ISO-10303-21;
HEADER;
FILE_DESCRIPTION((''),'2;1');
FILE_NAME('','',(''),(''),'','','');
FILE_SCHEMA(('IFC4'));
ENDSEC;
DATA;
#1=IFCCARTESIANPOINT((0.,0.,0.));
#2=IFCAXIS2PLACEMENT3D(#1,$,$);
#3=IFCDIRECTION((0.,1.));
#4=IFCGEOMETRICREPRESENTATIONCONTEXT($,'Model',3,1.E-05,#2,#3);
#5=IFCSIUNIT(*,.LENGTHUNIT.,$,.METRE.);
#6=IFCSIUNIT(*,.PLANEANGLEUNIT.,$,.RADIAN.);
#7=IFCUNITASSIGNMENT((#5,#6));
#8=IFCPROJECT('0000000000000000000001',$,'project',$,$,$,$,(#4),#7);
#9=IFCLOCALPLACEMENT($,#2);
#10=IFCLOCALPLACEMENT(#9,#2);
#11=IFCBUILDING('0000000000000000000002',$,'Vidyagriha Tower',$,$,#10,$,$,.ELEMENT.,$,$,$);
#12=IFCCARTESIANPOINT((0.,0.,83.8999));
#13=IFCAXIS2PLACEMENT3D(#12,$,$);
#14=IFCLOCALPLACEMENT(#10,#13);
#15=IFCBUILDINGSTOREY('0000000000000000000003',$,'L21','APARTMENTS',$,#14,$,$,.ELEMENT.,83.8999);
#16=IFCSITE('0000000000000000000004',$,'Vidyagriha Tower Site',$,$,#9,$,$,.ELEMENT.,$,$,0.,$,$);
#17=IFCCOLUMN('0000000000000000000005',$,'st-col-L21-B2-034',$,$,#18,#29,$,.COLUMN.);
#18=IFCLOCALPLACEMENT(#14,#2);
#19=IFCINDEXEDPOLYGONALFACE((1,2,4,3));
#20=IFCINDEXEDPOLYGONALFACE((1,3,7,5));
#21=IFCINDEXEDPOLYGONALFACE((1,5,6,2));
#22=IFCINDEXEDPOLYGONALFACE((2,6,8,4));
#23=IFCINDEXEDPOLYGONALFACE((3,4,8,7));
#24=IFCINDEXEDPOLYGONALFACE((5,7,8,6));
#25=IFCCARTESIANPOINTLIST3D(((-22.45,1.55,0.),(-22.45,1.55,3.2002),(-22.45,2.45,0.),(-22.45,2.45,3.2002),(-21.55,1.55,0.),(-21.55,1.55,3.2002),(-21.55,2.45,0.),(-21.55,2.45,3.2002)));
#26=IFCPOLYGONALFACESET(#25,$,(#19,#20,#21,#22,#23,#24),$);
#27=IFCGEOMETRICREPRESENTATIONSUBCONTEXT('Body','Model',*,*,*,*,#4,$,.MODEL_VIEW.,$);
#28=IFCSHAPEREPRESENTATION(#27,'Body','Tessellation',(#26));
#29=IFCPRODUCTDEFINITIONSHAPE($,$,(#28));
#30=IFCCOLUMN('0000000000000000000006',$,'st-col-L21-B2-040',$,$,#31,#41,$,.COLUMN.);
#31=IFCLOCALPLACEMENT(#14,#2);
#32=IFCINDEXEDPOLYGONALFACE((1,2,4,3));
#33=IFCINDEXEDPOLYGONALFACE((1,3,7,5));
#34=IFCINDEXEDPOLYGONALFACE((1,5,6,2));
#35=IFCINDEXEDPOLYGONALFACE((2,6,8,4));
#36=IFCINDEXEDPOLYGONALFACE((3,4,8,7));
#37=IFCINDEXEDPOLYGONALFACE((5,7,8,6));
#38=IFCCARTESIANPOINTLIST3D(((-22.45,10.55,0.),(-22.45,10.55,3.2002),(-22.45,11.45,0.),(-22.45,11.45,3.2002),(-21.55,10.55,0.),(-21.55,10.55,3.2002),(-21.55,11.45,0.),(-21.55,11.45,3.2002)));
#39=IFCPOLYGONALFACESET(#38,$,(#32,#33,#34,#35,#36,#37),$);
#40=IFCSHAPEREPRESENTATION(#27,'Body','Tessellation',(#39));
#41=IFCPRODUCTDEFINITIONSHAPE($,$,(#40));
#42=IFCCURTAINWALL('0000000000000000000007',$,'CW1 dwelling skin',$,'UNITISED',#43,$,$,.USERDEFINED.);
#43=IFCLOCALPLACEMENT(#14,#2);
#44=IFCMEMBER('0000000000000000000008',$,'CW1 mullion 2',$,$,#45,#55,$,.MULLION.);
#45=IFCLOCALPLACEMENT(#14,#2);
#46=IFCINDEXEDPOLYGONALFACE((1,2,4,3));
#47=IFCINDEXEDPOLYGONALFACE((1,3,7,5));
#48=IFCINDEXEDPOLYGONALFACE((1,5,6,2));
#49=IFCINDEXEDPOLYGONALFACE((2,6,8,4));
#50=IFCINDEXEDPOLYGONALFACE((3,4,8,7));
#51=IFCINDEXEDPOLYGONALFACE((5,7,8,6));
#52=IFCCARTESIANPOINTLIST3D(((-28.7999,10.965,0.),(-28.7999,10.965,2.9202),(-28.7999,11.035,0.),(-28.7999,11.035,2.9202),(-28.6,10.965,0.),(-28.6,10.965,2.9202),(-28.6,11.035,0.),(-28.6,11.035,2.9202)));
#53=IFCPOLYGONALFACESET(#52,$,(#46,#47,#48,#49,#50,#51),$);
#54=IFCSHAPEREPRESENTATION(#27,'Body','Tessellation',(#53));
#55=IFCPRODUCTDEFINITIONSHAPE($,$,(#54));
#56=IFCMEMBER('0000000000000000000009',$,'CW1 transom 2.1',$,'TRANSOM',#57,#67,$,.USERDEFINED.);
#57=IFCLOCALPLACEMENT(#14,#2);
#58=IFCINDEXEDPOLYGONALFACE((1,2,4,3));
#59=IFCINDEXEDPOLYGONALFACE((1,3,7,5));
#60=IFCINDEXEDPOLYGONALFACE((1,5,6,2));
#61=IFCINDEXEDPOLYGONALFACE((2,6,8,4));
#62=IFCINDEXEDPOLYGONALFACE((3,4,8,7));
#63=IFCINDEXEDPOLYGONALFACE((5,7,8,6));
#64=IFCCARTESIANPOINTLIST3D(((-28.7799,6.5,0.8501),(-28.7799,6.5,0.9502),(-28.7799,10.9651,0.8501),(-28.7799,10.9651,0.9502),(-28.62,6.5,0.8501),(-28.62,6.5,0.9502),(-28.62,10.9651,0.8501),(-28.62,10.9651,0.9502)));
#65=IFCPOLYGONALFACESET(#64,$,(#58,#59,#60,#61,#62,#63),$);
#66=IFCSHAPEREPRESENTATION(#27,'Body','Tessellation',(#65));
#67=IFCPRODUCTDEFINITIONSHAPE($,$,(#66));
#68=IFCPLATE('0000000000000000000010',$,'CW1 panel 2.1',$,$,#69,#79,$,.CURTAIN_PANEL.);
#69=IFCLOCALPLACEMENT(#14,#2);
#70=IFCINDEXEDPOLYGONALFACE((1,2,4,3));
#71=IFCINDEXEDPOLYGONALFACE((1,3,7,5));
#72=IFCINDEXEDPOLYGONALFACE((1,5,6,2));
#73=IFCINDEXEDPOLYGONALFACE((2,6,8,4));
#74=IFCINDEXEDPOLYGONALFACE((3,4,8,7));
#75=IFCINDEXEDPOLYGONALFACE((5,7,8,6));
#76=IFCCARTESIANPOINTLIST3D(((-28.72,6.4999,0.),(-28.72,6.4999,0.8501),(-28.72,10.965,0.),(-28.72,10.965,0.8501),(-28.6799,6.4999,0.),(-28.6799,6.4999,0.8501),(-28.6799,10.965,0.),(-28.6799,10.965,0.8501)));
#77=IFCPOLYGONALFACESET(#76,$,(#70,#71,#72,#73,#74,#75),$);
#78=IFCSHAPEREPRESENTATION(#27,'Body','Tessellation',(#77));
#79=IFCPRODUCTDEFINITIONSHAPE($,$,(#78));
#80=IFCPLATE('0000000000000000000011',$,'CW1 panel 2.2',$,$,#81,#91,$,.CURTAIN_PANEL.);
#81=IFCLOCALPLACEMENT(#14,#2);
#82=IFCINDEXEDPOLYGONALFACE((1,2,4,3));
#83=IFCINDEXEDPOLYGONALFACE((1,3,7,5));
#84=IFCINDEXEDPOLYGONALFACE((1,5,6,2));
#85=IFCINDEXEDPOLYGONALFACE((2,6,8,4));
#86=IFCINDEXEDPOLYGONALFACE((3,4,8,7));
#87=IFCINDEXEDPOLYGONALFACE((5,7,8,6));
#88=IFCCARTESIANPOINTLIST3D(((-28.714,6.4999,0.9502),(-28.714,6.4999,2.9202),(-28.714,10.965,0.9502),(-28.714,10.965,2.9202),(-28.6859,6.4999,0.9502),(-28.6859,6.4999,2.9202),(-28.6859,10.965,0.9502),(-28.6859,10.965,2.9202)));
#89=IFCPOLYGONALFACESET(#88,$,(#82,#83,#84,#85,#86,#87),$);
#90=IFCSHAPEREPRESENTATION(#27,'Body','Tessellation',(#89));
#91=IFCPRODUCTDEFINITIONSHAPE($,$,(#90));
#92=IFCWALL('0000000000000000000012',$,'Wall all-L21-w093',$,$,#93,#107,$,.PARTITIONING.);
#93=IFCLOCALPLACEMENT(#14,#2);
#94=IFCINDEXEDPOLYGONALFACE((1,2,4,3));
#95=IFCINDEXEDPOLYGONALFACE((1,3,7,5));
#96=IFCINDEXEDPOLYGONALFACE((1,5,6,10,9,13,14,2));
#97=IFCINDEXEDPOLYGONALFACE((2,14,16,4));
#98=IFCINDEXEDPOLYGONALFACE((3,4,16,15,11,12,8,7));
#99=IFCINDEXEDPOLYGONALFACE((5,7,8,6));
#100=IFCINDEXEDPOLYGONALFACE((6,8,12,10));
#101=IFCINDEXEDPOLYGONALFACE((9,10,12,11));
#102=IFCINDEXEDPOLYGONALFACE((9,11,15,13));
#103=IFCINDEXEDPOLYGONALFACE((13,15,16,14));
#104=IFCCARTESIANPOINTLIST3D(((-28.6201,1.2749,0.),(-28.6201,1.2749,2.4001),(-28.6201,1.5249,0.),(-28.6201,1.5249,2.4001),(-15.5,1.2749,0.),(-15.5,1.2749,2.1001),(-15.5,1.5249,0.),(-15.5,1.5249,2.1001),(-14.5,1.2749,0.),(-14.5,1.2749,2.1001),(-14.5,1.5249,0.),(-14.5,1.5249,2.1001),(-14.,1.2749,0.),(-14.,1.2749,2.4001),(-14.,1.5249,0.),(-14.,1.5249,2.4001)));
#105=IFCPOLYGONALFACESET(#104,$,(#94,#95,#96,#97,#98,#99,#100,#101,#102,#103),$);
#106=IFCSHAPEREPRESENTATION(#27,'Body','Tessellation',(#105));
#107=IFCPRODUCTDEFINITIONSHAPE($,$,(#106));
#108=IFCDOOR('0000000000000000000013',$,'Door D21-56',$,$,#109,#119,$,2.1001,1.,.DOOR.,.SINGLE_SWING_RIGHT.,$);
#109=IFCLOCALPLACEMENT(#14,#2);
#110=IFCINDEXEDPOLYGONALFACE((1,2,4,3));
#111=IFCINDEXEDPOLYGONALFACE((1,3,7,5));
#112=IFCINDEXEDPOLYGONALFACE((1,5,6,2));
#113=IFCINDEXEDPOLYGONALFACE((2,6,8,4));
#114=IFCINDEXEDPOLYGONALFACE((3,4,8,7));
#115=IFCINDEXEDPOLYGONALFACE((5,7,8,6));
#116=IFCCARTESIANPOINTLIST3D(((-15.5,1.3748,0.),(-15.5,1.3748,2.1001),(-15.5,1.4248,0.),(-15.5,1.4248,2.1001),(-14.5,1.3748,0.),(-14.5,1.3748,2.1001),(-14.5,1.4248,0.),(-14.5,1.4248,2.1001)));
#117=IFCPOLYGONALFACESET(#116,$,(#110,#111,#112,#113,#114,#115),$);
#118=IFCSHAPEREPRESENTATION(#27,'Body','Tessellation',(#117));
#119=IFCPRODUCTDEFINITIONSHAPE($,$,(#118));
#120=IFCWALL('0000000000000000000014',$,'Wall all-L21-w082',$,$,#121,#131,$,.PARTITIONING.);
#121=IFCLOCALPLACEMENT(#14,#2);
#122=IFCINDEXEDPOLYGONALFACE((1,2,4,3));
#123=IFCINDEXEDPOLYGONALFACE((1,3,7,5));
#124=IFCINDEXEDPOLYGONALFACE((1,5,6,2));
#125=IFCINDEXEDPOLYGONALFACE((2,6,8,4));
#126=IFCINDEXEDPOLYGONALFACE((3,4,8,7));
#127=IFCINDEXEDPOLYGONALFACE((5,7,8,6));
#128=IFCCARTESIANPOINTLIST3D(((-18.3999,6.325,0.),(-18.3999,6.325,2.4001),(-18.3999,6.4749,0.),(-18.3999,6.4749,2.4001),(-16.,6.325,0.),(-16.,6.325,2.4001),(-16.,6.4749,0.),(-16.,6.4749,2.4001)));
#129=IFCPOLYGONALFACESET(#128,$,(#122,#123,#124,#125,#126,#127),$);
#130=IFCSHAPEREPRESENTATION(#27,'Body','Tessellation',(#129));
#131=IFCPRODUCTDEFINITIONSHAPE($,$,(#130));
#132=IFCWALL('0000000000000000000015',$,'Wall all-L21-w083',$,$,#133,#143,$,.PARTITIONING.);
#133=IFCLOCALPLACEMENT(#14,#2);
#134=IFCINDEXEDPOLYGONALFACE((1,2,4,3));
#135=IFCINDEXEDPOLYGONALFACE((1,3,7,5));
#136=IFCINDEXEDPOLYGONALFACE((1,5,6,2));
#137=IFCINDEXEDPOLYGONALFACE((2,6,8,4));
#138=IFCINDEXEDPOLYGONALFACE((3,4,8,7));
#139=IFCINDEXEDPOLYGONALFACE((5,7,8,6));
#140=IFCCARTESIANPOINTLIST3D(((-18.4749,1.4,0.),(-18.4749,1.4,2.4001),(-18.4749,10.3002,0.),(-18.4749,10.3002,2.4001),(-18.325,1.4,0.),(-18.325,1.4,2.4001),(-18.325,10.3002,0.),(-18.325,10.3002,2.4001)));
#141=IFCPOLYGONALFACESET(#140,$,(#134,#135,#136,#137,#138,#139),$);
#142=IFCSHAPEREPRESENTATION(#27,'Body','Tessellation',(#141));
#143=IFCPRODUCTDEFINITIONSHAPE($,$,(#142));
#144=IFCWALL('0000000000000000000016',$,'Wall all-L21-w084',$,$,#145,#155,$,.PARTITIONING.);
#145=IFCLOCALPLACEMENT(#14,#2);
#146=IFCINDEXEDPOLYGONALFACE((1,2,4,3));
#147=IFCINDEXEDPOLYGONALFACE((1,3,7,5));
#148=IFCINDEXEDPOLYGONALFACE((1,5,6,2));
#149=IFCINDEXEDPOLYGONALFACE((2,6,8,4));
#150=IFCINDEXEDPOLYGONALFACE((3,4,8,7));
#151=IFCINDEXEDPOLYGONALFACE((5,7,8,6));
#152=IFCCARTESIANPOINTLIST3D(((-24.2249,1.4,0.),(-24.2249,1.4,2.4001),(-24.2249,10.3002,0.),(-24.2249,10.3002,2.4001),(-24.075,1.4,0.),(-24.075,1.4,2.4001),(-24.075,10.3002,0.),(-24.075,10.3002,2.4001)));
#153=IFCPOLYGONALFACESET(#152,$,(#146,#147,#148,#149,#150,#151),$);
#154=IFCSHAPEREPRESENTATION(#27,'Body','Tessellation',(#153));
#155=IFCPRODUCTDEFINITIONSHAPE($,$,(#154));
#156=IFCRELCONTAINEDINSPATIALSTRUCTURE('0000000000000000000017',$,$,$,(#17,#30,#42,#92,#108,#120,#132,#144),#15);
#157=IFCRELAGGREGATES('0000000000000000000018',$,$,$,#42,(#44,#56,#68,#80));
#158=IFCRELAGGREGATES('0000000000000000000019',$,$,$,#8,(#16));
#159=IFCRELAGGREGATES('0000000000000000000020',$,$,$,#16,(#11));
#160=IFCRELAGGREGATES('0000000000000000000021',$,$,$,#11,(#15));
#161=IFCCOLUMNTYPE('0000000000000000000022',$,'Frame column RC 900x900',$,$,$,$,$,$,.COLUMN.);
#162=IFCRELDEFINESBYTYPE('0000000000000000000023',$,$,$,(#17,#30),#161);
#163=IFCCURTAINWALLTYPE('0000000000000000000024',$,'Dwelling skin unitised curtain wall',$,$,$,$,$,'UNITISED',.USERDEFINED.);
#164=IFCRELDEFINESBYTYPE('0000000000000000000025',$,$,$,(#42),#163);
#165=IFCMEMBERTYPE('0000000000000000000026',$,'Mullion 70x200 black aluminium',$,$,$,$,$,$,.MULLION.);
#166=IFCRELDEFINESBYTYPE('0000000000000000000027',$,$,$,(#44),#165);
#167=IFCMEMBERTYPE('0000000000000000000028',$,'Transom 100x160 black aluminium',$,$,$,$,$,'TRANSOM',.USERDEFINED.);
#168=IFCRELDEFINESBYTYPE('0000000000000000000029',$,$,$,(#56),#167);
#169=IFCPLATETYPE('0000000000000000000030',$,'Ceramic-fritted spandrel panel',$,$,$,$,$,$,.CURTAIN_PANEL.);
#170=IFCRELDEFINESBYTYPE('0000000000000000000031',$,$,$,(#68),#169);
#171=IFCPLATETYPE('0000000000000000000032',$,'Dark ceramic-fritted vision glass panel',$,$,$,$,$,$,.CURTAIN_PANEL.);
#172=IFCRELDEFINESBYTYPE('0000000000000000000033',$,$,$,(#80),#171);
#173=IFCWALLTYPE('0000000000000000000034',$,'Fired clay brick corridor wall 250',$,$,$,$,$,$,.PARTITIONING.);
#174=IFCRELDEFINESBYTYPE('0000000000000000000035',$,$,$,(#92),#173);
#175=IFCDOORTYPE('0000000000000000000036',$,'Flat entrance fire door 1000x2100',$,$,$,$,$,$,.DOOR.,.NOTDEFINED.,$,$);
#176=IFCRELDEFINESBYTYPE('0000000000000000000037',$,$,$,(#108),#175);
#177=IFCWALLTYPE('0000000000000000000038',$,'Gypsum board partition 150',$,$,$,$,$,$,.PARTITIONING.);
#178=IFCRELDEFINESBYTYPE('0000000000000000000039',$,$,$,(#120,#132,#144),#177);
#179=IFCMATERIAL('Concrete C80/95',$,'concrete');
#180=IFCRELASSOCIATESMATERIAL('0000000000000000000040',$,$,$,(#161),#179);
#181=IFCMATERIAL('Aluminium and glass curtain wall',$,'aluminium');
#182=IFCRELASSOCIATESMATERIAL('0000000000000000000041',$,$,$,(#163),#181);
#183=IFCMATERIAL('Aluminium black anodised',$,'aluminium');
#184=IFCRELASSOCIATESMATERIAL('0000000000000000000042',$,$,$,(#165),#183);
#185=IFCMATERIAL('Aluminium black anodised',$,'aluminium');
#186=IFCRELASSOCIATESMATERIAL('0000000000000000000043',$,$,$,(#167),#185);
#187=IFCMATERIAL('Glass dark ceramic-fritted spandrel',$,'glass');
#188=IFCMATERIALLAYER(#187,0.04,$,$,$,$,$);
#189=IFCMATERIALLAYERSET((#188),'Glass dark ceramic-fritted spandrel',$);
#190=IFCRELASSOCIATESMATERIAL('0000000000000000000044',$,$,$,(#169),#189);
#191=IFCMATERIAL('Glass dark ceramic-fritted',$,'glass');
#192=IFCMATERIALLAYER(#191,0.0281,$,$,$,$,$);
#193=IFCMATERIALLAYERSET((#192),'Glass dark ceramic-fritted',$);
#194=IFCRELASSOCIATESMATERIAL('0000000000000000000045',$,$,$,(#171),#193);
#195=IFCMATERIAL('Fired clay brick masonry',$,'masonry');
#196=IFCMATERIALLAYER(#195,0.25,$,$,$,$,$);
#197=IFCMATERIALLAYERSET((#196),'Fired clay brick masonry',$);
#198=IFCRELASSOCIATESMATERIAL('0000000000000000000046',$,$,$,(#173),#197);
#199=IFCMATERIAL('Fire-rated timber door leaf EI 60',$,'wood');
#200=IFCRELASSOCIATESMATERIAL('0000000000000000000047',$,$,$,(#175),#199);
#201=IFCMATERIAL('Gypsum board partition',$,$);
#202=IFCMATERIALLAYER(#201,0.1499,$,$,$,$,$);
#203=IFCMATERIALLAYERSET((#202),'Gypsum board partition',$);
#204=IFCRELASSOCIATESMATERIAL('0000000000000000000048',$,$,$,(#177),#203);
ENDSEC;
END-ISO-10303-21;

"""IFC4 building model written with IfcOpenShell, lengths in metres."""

from ifc_helpers import new_model, si_unit, direction, frame, frame_2d, origin, origin_2d, place, context, subcontext, project, spatial, rectangle, extrude, material, layer, layer_set, material_profile, profile_set, type_object, element, fill, aggregate, save


model = new_model("IFC4")

# Units and contexts
model_context = context("Model", 3, precision=1e-05, world=origin(), true_north=direction((0.0, 1.0)))
body_context = subcontext(model_context, "Body", "Model", "MODEL_VIEW")
ifc_project = project(units=[si_unit("LENGTHUNIT", "METRE"), si_unit("PLANEANGLEUNIT", "RADIAN")], contexts=[model_context])

# Site, building, storey
site_placement = place(None, origin())
site = spatial("IfcSite", under=ifc_project, at=site_placement, Name="Vidyagriha Tower Site", CompositionType="ELEMENT", RefElevation=0.0)
building_placement = place(site_placement, origin())
building = spatial("IfcBuilding", under=site, at=building_placement, Name="Vidyagriha Tower", CompositionType="ELEMENT")
storey_placement = place(building_placement, frame((0.0, 0.0, 83.8999)))
storey = spatial("IfcBuildingStorey", under=building, at=storey_placement, Name="L21", Description="APARTMENTS", CompositionType="ELEMENT", Elevation=83.8999)

# Columns
ifc_material_1 = material(Name="Concrete C80/95", Category="concrete")
ifc_material_profile_1 = material_profile(ifc_material_1, rectangle(XDim=0.8999, YDim=0.8999, at=origin_2d()), Name="RC 900x900")
ifc_profile_set_1 = profile_set([ifc_material_profile_1], Name="Concrete C80/95")
column_type = type_object("IfcColumnType", Name="Frame column RC 900x900", PredefinedType="COLUMN", material=ifc_profile_set_1)
for number, where, name in (
    (1, (-22.0, 2.0, 0.0), "st-col-L21-B2-034"),
    (2, (-22.0, 11.0, 0.0), "st-col-L21-B2-040"),
):
    element("IfcColumn", number, at=place(storey_placement, frame(where)), inside=storey, type_object=column_type, Name=name, PredefinedType="COLUMN", context=body_context, shape_type="SweptSolid", body=[
        extrude(rectangle(XDim=0.8999, YDim=0.8999, at=origin_2d()), origin(), (0.0, 0.0, 1.0), 3.2002),
    ])

# Curtain wall, members, plates
ifc_material_2 = material(Name="Aluminium and glass curtain wall", Category="aluminium")
curtain_wall_type = type_object("IfcCurtainWallType", Name="Dwelling skin unitised curtain wall", ElementType="UNITISED", PredefinedType="USERDEFINED", material=ifc_material_2)
curtain_wall_placement = place(storey_placement, origin())
curtain_wall = element("IfcCurtainWall", 3, at=curtain_wall_placement, inside=storey, type_object=curtain_wall_type, Name="CW1 dwelling skin", ObjectType="UNITISED", PredefinedType="USERDEFINED")
ifc_material_3 = material(Name="Aluminium black anodised", Category="aluminium")
ifc_material_profile_2 = material_profile(ifc_material_3, rectangle(XDim=0.2, YDim=0.0701, at=origin_2d()), Name="Mullion 70x200 black aluminium")
ifc_profile_set_2 = profile_set([ifc_material_profile_2], Name="Aluminium black anodised")
member_type_1 = type_object("IfcMemberType", Name="Mullion 70x200 black aluminium", PredefinedType="MULLION", material=ifc_profile_set_2)
member_1_placement = place(storey_placement, frame((-28.7, 11.0, 0.0)))
member_1 = element("IfcMember", 4, at=member_1_placement, type_object=member_type_1, Name="CW1 mullion 2", PredefinedType="MULLION", context=body_context, shape_type="SweptSolid", body=[
    extrude(rectangle(XDim=0.2, YDim=0.0701, at=origin_2d()), origin(), (0.0, 0.0, 1.0), 2.9202),
])
ifc_material_4 = material(Name="Aluminium black anodised", Category="aluminium")
ifc_material_profile_3 = material_profile(ifc_material_4, rectangle(XDim=0.1599, YDim=0.1001, at=origin_2d()), Name="Transom 100x160 black aluminium")
ifc_profile_set_3 = profile_set([ifc_material_profile_3], Name="Aluminium black anodised")
member_type_2 = type_object("IfcMemberType", Name="Transom 100x160 black aluminium", ElementType="TRANSOM", PredefinedType="USERDEFINED", material=ifc_profile_set_3)
member_2_placement = place(storey_placement, frame((-28.7, 10.9651, 0.9001), z_axis=(0.0, -1.0, 0.0), x_axis=(1.0, 0.0, 0.0)))
member_2 = element("IfcMember", 5, at=member_2_placement, type_object=member_type_2, Name="CW1 transom 2.1", ObjectType="TRANSOM", PredefinedType="USERDEFINED", context=body_context, shape_type="SweptSolid", body=[
    extrude(rectangle(XDim=0.1599, YDim=0.1001, at=origin_2d()), origin(), (0.0, 0.0, 1.0), 4.4651),
])
ifc_material_5 = material(Name="Glass dark ceramic-fritted spandrel", Category="glass")
ifc_layer_1 = layer(ifc_material_5, 0.04)
ifc_layer_set_1 = layer_set([ifc_layer_1], Name="Glass dark ceramic-fritted spandrel")
plate_type_1 = type_object("IfcPlateType", Name="Ceramic-fritted spandrel panel", PredefinedType="CURTAIN_PANEL", material=ifc_layer_set_1)
plate_1_placement = place(storey_placement, frame((-28.7, 8.7324, 0.0), z_axis=(0.0, 0.0, 1.0), x_axis=(0.0, -1.0, 0.0)))
plate_1 = element("IfcPlate", 6, at=plate_1_placement, type_object=plate_type_1, Name="CW1 panel 2.1", PredefinedType="CURTAIN_PANEL", context=body_context, shape_type="SweptSolid", body=[
    extrude(rectangle(XDim=4.4651, YDim=0.04, at=origin_2d()), origin(), (0.0, 0.0, 1.0), 0.8501),
])
ifc_material_6 = material(Name="Glass dark ceramic-fritted", Category="glass")
ifc_layer_2 = layer(ifc_material_6, 0.0281)
ifc_layer_set_2 = layer_set([ifc_layer_2], Name="Glass dark ceramic-fritted")
plate_type_2 = type_object("IfcPlateType", Name="Dark ceramic-fritted vision glass panel", PredefinedType="CURTAIN_PANEL", material=ifc_layer_set_2)
plate_2_placement = place(storey_placement, frame((-28.7, 8.7324, 0.9502), z_axis=(0.0, 0.0, 1.0), x_axis=(0.0, -1.0, 0.0)))
plate_2 = element("IfcPlate", 7, at=plate_2_placement, type_object=plate_type_2, Name="CW1 panel 2.2", PredefinedType="CURTAIN_PANEL", context=body_context, shape_type="SweptSolid", body=[
    extrude(rectangle(XDim=4.4651, YDim=0.0281, at=origin_2d()), origin(), (0.0, 0.0, 1.0), 1.97),
])
aggregate(curtain_wall, [member_1, member_2, plate_1, plate_2])

# Wall, opening, door
ifc_material_7 = material(Name="Fired clay brick masonry", Category="masonry")
ifc_layer_3 = layer(ifc_material_7, 0.25)
ifc_layer_set_3 = layer_set([ifc_layer_3], Name="Fired clay brick masonry")
wall_type_1 = type_object("IfcWallType", Name="Fired clay brick corridor wall 250", PredefinedType="PARTITIONING", material=ifc_layer_set_3)
wall_1_placement = place(storey_placement, frame((-28.6201, 1.3999, 0.0)))
wall_1 = element("IfcWall", 8, at=wall_1_placement, inside=storey, type_object=wall_type_1, Name="Wall all-L21-w093", PredefinedType="PARTITIONING", context=body_context, shape_type="SweptSolid", body=[
    extrude(rectangle(XDim=14.6201, YDim=0.25, at=frame_2d((7.3101, 0.0))), origin(), (0.0, 0.0, 1.0), 2.4001),
])
opening_1_placement = place(wall_1_placement, frame((13.1201, 0.0, 0.0)))
opening_1 = element("IfcOpeningElement", 9, at=opening_1_placement, cuts=wall_1, PredefinedType="OPENING", context=body_context, shape_type="SweptSolid", body=[
    extrude(rectangle(XDim=1.0, YDim=2.1001, at=frame_2d((0.5, 1.05))), frame((0.0, 0.135, 0.0), z_axis=(0.0, -1.0, 0.0), x_axis=(1.0, 0.0, 0.0)), (0.0, 0.0, 1.0), 0.27),
])
ifc_material_8 = material(Name="Fire-rated timber door leaf EI 60", Category="wood")
door_type_1 = type_object("IfcDoorType", Name="Flat entrance fire door 1000x2100", OperationType="NOTDEFINED", PredefinedType="DOOR", material=ifc_material_8)
door_1_placement = place(opening_1_placement, origin())
door_1 = element("IfcDoor", 10, at=door_1_placement, inside=storey, type_object=door_type_1, Name="Door D21-56", OperationType="SINGLE_SWING_RIGHT", OverallHeight=2.1001, OverallWidth=1.0, PredefinedType="DOOR", context=body_context, shape_type="SweptSolid", body=[
    extrude(rectangle(XDim=1.0, YDim=2.1001, at=frame_2d((0.5, 1.05))), frame((0.0, 0.0249, 0.0), z_axis=(0.0, -1.0, 0.0), x_axis=(1.0, 0.0, 0.0)), (0.0, 0.0, 1.0), 0.05),
])
fill(opening_1, door_1)

# Walls
ifc_material_9 = material(Name="Gypsum board partition")
ifc_layer_4 = layer(ifc_material_9, 0.1499)
ifc_layer_set_4 = layer_set([ifc_layer_4], Name="Gypsum board partition")
wall_type_2 = type_object("IfcWallType", Name="Gypsum board partition 150", PredefinedType="PARTITIONING", material=ifc_layer_set_4)
wall_2_placement = place(storey_placement, frame((-18.3999, 6.3999, 0.0)))
element("IfcWall", 11, at=wall_2_placement, inside=storey, type_object=wall_type_2, Name="Wall all-L21-w082", PredefinedType="PARTITIONING", context=body_context, shape_type="SweptSolid", body=[
    extrude(rectangle(XDim=2.3999, YDim=0.1499, at=frame_2d((1.2, 0.0))), origin(), (0.0, 0.0, 1.0), 2.4001),
])
for number, where, z_axis, x_axis, name in (
    (12, (-18.3999, 1.3999, 0.0), (0.0, 0.0, 1.0), (0.0, 1.0, 0.0), "Wall all-L21-w083"),
    (13, (-24.1499, 1.3999, 0.0), (0.0, 0.0, 1.0), (0.0, 1.0, 0.0), "Wall all-L21-w084"),
):
    element("IfcWall", number, at=place(storey_placement, frame(where, z_axis=z_axis, x_axis=x_axis)), inside=storey, type_object=wall_type_2, Name=name, PredefinedType="PARTITIONING", context=body_context, shape_type="SweptSolid", body=[
        extrude(rectangle(XDim=8.9001, YDim=0.1499, at=frame_2d((4.4502, 0.0))), origin(), (0.0, 0.0, 1.0), 2.4001),
    ])

save(model, "model.ifc")
